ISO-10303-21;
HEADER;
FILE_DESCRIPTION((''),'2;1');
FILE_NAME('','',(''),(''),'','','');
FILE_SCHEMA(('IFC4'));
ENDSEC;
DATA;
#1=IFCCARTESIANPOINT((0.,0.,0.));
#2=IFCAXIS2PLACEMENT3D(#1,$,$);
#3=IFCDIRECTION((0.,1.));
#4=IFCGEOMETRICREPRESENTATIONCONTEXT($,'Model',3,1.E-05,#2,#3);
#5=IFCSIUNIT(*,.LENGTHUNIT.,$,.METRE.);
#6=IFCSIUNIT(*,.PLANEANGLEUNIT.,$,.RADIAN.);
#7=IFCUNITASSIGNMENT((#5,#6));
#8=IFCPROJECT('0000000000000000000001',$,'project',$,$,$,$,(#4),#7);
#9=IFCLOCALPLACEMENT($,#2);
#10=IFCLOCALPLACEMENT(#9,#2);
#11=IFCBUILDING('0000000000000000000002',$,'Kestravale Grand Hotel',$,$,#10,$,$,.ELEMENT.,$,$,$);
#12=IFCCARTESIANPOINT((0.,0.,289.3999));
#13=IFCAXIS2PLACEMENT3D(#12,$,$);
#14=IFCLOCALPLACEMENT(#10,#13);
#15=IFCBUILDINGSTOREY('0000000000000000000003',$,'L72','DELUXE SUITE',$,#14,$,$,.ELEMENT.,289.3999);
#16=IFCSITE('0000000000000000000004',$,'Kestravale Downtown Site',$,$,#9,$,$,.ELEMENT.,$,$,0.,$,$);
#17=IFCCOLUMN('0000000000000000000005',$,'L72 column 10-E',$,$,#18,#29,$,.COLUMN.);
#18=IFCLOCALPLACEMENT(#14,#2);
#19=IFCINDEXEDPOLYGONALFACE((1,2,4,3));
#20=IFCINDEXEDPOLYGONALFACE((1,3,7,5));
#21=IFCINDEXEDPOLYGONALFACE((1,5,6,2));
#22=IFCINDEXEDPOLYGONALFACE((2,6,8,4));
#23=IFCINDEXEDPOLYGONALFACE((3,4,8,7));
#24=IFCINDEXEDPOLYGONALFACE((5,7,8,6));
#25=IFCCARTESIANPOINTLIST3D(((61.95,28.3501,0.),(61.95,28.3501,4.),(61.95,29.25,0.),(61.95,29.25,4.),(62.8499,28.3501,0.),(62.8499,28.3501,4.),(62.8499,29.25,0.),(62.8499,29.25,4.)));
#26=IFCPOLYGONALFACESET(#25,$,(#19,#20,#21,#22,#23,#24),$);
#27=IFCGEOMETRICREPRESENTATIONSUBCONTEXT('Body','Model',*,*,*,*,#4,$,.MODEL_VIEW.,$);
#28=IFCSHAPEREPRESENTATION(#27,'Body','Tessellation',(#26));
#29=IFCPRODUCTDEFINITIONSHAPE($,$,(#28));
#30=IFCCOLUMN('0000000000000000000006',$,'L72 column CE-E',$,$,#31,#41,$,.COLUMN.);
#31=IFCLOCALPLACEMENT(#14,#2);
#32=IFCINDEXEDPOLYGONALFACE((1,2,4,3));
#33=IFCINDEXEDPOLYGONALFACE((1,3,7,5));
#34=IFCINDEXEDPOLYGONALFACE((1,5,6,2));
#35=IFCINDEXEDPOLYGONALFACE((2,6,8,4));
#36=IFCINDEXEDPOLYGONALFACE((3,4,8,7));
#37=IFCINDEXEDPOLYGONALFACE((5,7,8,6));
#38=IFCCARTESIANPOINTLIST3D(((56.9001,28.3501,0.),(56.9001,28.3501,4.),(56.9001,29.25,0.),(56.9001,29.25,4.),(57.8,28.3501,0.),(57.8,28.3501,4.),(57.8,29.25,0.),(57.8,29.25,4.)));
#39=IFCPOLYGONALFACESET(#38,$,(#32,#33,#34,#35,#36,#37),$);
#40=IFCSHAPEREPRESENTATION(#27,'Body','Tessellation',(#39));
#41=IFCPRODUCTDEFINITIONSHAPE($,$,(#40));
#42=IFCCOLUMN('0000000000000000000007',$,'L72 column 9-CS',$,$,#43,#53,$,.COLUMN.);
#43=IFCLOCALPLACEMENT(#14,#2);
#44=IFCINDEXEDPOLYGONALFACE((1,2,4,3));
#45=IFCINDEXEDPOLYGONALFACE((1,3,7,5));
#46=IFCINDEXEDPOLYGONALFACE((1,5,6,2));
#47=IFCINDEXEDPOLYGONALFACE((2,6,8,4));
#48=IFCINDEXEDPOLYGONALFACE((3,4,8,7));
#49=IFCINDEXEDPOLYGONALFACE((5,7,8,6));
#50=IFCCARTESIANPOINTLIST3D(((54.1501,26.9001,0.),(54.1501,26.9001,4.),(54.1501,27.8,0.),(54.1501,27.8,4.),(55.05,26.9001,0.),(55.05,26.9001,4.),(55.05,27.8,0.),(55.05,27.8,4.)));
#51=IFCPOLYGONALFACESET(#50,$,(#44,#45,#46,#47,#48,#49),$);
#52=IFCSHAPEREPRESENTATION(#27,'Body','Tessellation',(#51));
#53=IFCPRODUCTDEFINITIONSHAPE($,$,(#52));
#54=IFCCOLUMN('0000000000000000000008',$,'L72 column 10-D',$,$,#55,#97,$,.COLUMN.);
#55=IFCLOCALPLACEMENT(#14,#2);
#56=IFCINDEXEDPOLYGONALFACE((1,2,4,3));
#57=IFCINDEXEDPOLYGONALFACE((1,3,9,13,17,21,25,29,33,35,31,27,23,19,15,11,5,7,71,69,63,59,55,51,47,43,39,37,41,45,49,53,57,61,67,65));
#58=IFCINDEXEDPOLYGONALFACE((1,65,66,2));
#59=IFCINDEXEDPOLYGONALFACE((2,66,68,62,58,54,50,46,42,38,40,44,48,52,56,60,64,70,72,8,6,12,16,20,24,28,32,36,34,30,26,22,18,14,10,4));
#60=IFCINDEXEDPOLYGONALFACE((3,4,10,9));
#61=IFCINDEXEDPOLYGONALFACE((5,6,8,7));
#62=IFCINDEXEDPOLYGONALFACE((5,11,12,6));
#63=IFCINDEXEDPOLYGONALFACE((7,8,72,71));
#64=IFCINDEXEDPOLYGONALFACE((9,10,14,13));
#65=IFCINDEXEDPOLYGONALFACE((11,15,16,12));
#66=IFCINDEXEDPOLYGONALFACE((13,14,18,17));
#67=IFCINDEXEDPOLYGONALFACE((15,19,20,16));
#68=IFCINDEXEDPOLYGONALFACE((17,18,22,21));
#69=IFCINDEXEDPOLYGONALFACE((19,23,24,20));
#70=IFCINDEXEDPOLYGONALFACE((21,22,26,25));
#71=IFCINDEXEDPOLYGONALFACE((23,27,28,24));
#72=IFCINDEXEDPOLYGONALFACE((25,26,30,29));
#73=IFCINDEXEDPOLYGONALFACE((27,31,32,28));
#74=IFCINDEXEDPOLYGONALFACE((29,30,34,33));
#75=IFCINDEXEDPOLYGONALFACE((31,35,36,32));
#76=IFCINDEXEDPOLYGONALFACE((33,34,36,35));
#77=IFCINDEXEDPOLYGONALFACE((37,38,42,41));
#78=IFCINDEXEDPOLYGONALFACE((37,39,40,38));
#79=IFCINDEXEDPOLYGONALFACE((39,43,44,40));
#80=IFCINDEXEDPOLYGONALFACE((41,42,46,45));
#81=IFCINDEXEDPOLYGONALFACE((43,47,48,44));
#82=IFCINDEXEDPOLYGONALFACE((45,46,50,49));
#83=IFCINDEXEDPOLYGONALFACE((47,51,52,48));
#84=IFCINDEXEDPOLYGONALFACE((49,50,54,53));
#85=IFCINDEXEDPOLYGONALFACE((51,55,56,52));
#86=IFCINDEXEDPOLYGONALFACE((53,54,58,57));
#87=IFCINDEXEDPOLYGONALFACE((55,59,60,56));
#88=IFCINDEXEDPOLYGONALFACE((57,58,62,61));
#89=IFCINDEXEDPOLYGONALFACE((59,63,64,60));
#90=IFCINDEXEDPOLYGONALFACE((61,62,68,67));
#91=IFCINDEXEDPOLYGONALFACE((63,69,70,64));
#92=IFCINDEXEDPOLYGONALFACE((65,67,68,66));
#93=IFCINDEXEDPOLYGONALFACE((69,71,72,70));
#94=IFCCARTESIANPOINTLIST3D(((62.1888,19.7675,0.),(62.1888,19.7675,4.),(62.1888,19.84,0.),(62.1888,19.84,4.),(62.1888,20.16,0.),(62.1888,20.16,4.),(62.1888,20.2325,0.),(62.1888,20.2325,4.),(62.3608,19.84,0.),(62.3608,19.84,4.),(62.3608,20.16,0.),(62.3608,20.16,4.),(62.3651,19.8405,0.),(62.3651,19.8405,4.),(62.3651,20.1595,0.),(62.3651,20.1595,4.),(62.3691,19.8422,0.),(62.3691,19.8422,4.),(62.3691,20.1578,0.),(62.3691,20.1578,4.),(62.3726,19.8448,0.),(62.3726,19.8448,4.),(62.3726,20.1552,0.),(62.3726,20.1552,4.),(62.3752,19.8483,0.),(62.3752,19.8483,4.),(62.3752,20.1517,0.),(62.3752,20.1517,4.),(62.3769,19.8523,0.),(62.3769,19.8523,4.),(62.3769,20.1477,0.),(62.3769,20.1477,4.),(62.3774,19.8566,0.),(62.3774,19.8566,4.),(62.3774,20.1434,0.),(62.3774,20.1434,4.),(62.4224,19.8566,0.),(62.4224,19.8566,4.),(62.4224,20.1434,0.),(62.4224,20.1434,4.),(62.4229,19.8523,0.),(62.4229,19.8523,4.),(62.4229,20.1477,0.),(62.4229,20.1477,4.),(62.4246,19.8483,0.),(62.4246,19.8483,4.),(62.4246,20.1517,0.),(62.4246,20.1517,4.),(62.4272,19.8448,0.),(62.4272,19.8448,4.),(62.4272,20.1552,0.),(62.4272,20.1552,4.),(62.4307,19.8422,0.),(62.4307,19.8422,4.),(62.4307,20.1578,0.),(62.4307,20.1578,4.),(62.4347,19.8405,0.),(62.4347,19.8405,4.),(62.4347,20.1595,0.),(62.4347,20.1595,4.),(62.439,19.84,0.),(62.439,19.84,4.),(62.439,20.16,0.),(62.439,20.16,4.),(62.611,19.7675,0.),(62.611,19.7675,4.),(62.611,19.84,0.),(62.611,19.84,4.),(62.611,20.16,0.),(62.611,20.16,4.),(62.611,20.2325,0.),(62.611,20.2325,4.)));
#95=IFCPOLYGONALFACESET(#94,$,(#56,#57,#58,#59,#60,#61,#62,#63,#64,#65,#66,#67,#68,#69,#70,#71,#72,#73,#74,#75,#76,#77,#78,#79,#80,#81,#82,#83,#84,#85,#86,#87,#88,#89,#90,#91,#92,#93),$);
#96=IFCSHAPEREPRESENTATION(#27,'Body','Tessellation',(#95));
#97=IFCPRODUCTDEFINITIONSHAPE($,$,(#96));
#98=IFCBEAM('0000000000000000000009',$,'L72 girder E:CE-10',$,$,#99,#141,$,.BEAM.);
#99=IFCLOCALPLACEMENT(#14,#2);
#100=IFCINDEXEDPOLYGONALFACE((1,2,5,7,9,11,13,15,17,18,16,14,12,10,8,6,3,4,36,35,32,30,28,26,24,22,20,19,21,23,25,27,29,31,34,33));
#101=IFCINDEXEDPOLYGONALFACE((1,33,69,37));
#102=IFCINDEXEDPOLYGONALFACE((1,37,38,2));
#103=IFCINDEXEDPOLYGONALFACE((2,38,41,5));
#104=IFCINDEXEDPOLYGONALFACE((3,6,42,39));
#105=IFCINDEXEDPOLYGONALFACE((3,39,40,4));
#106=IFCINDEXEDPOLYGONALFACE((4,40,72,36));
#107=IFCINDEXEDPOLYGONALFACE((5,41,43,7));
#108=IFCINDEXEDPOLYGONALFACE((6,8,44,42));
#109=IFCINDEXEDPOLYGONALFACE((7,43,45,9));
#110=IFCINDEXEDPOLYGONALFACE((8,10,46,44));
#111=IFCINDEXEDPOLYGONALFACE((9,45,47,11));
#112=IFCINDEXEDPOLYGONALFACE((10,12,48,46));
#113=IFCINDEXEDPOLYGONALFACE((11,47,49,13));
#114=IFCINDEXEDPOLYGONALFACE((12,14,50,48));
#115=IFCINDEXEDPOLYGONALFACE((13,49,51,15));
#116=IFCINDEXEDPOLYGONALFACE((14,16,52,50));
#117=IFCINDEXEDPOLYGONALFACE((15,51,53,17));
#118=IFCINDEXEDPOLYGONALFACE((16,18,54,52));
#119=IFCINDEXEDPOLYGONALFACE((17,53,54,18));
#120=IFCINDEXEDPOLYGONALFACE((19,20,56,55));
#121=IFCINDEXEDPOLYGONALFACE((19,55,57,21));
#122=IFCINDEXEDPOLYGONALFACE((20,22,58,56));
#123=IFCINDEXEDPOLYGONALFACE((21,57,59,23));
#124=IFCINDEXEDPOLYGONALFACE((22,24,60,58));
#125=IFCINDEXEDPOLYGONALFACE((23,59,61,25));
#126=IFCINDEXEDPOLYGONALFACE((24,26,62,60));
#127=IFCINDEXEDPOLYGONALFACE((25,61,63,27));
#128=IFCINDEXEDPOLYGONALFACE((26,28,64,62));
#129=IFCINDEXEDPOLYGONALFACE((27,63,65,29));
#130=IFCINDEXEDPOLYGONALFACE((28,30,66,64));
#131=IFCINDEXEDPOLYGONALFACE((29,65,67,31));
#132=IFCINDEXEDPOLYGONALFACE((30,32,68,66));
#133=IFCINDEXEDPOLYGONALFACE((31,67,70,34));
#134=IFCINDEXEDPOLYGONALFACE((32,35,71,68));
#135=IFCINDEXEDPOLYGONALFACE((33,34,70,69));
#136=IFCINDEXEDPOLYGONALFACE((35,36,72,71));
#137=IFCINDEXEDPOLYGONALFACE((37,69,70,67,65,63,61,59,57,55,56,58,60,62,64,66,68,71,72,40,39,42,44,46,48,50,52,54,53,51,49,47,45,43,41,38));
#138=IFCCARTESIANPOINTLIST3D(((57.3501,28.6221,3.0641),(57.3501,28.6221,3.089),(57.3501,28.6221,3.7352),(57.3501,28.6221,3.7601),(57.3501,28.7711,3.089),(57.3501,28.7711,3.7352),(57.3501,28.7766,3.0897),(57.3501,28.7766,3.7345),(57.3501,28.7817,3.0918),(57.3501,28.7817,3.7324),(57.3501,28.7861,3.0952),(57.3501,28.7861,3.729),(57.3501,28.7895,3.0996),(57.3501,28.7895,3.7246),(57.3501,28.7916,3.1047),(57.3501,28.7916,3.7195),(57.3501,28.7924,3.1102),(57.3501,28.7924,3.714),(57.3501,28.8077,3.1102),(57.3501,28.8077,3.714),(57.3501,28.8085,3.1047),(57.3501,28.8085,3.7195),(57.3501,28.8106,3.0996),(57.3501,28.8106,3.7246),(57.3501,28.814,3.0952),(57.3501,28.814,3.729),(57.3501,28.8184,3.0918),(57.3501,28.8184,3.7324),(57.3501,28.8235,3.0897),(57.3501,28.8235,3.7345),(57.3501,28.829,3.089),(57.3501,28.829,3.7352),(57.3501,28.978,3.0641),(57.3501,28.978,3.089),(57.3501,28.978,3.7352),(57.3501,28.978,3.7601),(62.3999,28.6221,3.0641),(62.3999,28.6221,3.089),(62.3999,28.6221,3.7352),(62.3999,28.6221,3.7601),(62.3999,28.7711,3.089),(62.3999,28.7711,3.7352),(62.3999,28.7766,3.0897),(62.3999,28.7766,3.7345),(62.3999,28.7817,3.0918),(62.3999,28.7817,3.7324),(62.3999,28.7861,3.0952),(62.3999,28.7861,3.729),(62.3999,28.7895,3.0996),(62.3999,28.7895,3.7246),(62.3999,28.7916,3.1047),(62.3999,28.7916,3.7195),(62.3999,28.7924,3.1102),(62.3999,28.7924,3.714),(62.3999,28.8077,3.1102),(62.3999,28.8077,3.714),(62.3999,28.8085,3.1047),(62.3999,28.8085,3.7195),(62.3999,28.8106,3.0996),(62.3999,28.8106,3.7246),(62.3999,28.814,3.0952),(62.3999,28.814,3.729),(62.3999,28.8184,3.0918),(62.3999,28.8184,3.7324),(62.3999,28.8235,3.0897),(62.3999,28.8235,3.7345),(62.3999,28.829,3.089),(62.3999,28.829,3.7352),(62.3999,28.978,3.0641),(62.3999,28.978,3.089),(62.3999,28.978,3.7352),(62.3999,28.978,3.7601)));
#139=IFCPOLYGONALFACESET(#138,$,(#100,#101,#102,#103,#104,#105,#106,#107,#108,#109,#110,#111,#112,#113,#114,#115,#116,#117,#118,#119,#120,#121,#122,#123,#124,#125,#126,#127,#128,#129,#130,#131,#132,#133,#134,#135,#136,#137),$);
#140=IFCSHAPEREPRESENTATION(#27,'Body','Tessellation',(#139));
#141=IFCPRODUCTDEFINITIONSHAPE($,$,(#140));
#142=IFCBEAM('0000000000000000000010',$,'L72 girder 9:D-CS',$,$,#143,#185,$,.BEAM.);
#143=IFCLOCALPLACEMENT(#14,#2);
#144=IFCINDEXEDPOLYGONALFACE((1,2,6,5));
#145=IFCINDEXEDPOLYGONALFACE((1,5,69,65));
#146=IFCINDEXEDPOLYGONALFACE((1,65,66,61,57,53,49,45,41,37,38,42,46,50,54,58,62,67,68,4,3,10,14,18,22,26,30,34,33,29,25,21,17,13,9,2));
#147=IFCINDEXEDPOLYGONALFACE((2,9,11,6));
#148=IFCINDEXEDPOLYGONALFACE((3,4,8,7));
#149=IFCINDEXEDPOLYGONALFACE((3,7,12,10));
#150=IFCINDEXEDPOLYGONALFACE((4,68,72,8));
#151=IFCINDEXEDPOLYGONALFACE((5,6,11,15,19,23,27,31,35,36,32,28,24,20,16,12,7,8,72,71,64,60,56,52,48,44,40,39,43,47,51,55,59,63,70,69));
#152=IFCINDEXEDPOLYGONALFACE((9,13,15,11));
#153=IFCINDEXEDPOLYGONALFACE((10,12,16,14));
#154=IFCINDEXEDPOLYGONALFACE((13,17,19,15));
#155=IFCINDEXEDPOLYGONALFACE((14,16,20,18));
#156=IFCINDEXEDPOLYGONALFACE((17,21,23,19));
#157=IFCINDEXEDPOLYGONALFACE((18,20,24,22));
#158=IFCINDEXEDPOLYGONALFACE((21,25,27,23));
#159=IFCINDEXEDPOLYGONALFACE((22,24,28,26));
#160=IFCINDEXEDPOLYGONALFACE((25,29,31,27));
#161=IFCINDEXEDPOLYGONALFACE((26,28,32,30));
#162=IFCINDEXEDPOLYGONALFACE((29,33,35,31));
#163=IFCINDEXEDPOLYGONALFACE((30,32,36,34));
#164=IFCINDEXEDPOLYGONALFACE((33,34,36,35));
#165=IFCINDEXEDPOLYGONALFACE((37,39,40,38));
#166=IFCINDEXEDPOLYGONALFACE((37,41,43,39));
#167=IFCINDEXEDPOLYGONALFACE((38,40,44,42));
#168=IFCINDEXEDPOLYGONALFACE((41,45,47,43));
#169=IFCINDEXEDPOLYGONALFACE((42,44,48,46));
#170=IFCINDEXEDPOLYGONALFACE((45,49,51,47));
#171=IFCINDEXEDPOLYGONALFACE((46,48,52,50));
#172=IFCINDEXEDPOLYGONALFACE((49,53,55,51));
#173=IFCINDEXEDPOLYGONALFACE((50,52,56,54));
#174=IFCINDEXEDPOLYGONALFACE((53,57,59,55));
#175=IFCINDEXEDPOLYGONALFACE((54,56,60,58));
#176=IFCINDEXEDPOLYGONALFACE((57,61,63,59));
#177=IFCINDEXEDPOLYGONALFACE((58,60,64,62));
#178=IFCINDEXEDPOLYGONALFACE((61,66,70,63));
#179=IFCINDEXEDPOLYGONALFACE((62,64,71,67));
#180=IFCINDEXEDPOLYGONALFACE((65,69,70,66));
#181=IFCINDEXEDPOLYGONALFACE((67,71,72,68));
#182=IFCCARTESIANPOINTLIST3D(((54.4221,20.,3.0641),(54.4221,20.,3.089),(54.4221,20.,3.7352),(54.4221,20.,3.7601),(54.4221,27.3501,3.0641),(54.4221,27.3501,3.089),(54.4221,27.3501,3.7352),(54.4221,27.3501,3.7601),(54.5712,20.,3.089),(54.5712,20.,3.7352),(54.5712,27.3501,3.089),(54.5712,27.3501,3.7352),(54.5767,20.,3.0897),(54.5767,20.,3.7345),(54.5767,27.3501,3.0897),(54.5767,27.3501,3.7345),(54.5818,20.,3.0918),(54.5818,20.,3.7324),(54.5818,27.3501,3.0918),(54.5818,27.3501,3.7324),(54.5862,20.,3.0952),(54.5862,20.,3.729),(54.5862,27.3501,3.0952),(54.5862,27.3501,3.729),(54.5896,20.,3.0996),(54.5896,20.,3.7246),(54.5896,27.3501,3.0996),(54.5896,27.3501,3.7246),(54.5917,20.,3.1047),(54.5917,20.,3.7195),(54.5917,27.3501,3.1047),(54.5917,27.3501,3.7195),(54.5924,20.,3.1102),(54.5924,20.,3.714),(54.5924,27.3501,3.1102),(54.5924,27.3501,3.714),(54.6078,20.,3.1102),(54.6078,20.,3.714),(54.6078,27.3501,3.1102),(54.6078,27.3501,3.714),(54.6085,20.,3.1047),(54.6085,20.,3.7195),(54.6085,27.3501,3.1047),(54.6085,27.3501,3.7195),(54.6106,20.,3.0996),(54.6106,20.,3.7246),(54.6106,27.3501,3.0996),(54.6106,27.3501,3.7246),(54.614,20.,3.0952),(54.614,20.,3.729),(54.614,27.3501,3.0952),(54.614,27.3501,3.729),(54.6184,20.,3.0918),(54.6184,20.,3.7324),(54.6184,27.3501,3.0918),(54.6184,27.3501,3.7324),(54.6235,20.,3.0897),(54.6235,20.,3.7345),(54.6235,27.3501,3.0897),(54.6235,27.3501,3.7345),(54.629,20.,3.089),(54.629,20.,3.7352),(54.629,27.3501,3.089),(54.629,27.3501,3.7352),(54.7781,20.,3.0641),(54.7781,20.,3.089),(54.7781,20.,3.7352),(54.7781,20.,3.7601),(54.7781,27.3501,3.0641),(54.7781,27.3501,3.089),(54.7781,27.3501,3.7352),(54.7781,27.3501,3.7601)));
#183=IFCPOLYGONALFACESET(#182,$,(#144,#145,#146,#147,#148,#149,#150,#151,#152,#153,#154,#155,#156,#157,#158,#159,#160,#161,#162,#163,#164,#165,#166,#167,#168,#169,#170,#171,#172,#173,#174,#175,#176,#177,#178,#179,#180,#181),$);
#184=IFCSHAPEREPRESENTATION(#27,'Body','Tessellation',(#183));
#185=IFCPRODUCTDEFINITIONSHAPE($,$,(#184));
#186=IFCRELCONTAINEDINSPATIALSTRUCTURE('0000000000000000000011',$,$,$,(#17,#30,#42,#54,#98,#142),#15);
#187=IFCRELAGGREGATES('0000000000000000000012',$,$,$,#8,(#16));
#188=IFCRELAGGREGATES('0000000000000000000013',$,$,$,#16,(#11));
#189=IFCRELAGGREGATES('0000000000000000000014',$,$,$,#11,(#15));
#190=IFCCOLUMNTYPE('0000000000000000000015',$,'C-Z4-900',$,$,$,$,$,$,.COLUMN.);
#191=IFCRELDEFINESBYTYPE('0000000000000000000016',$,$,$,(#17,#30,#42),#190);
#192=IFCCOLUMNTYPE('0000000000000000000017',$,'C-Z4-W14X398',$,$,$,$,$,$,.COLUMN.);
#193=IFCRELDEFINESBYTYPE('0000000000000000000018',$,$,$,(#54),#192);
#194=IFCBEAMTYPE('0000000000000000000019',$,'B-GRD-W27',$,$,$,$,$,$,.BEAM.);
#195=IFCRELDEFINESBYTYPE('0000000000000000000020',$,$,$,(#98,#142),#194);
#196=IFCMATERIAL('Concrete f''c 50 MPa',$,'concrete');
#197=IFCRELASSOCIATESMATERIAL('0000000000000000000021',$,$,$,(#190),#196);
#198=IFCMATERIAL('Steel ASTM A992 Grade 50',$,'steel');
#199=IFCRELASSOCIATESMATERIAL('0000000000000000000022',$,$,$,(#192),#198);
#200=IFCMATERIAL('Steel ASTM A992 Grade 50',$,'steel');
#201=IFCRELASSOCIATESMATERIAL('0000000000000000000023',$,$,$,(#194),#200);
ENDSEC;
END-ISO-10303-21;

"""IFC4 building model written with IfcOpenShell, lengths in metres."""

from ifc_helpers import new_model, si_unit, direction, frame, origin, origin_2d, place, context, subcontext, project, spatial, rectangle, i_section, extrude, material, material_profile, profile_set, type_object, element, save


model = new_model("IFC4")

# Units and contexts
model_context = context("Model", 3, precision=1e-05, world=origin(), true_north=direction((0.0, 1.0)))
body_context = subcontext(model_context, "Body", "Model", "MODEL_VIEW")
ifc_project = project(units=[si_unit("LENGTHUNIT", "METRE"), si_unit("PLANEANGLEUNIT", "RADIAN")], contexts=[model_context])

# Site, building, storey
site_placement = place(None, origin())
site = spatial("IfcSite", under=ifc_project, at=site_placement, Name="Kestravale Downtown Site", CompositionType="ELEMENT", RefElevation=0.0)
building_placement = place(site_placement, origin())
building = spatial("IfcBuilding", under=site, at=building_placement, Name="Kestravale Grand Hotel", CompositionType="ELEMENT")
storey_placement = place(building_placement, frame((0.0, 0.0, 289.3999)))
storey = spatial("IfcBuildingStorey", under=building, at=storey_placement, Name="L72", Description="DELUXE SUITE", CompositionType="ELEMENT", Elevation=289.3999)

# Columns
ifc_material_1 = material(Name="Concrete f'c 50 MPa", Category="concrete")
ifc_material_profile_1 = material_profile(ifc_material_1, rectangle(XDim=0.8999, YDim=0.8999, at=origin_2d()))
ifc_profile_set_1 = profile_set([ifc_material_profile_1], Name="Concrete f'c 50 MPa")
column_type_1 = type_object("IfcColumnType", Name="C-Z4-900", PredefinedType="COLUMN", material=ifc_profile_set_1)
for number, where, z_axis, x_axis, name in (
    (1, (62.3999, 28.8, 0.0), (0.0, 0.0, 1.0), (1.0, 0.0, 0.0), "L72 column 10-E"),
    (2, (57.3501, 28.8, 0.0), (0.0, 0.0, 1.0), (1.0, 0.0, 0.0), "L72 column CE-E"),
    (3, (54.6001, 27.3501, 0.0), (0.0, 0.0, 1.0), (1.0, 0.0, 0.0), "L72 column 9-CS"),
):
    element("IfcColumn", number, at=place(storey_placement, frame(where, z_axis=z_axis, x_axis=x_axis)), inside=storey, type_object=column_type_1, Name=name, PredefinedType="COLUMN", context=body_context, shape_type="SweptSolid", body=[
        extrude(rectangle(XDim=0.8999, YDim=0.8999, at=origin_2d()), origin(), (0.0, 0.0, 1.0), 4.0),
    ])
ifc_material_2 = material(Name="Steel ASTM A992 Grade 50", Category="steel")
ifc_material_profile_2 = material_profile(ifc_material_2, i_section(OverallWidth=0.4221, OverallDepth=0.4651, WebThickness=0.0449, FlangeThickness=0.0725, FilletRadius=0.0166, at=origin_2d()))
ifc_profile_set_2 = profile_set([ifc_material_profile_2], Name="Steel ASTM A992 Grade 50")
column_type_2 = type_object("IfcColumnType", Name="C-Z4-W14X398", PredefinedType="COLUMN", material=ifc_profile_set_2)
column_placement = place(storey_placement, frame((62.3999, 20.0, 0.0), z_axis=(0.0, 0.0, 1.0), x_axis=(1.0, 0.0, 0.0)))
element("IfcColumn", 4, at=column_placement, inside=storey, type_object=column_type_2, Name="L72 column 10-D", PredefinedType="COLUMN", context=body_context, shape_type="SweptSolid", body=[
    extrude(i_section(OverallWidth=0.4221, OverallDepth=0.4651, WebThickness=0.0449, FlangeThickness=0.0725, FilletRadius=0.0166, at=origin_2d()), origin(), (0.0, 0.0, 1.0), 4.0),
])

# Beams
ifc_material_3 = material(Name="Steel ASTM A992 Grade 50", Category="steel")
ifc_material_profile_3 = material_profile(ifc_material_3, i_section(OverallWidth=0.356, OverallDepth=0.696, WebThickness=0.0154, FlangeThickness=0.0249, FilletRadius=0.0212, at=origin_2d()))
ifc_profile_set_3 = profile_set([ifc_material_profile_3], Name="Steel ASTM A992 Grade 50")
beam_type = type_object("IfcBeamType", Name="B-GRD-W27", PredefinedType="BEAM", material=ifc_profile_set_3)
beam_1_placement = place(storey_placement, frame((57.3501, 28.8, 3.4121), z_axis=(1.0, 0.0, 0.0), x_axis=(0.0, 1.0, 0.0)))
element("IfcBeam", 5, at=beam_1_placement, inside=storey, type_object=beam_type, Name="L72 girder E:CE-10", PredefinedType="BEAM", context=body_context, shape_type="SweptSolid", body=[
    extrude(i_section(OverallWidth=0.356, OverallDepth=0.696, WebThickness=0.0154, FlangeThickness=0.0249, FilletRadius=0.0212, at=origin_2d()), origin(), (0.0, 0.0, 1.0), 5.0498),
])
beam_2_placement = place(storey_placement, frame((54.6001, 20.0, 3.4121), z_axis=(0.0, 1.0, 0.0), x_axis=(-1.0, 0.0, 0.0)))
element("IfcBeam", 6, at=beam_2_placement, inside=storey, type_object=beam_type, Name="L72 girder 9:D-CS", PredefinedType="BEAM", context=body_context, shape_type="SweptSolid", body=[
    extrude(i_section(OverallWidth=0.356, OverallDepth=0.696, WebThickness=0.0154, FlangeThickness=0.0249, FilletRadius=0.0212, at=origin_2d()), origin(), (0.0, 0.0, 1.0), 7.3501),
])

save(model, "model.ifc")
